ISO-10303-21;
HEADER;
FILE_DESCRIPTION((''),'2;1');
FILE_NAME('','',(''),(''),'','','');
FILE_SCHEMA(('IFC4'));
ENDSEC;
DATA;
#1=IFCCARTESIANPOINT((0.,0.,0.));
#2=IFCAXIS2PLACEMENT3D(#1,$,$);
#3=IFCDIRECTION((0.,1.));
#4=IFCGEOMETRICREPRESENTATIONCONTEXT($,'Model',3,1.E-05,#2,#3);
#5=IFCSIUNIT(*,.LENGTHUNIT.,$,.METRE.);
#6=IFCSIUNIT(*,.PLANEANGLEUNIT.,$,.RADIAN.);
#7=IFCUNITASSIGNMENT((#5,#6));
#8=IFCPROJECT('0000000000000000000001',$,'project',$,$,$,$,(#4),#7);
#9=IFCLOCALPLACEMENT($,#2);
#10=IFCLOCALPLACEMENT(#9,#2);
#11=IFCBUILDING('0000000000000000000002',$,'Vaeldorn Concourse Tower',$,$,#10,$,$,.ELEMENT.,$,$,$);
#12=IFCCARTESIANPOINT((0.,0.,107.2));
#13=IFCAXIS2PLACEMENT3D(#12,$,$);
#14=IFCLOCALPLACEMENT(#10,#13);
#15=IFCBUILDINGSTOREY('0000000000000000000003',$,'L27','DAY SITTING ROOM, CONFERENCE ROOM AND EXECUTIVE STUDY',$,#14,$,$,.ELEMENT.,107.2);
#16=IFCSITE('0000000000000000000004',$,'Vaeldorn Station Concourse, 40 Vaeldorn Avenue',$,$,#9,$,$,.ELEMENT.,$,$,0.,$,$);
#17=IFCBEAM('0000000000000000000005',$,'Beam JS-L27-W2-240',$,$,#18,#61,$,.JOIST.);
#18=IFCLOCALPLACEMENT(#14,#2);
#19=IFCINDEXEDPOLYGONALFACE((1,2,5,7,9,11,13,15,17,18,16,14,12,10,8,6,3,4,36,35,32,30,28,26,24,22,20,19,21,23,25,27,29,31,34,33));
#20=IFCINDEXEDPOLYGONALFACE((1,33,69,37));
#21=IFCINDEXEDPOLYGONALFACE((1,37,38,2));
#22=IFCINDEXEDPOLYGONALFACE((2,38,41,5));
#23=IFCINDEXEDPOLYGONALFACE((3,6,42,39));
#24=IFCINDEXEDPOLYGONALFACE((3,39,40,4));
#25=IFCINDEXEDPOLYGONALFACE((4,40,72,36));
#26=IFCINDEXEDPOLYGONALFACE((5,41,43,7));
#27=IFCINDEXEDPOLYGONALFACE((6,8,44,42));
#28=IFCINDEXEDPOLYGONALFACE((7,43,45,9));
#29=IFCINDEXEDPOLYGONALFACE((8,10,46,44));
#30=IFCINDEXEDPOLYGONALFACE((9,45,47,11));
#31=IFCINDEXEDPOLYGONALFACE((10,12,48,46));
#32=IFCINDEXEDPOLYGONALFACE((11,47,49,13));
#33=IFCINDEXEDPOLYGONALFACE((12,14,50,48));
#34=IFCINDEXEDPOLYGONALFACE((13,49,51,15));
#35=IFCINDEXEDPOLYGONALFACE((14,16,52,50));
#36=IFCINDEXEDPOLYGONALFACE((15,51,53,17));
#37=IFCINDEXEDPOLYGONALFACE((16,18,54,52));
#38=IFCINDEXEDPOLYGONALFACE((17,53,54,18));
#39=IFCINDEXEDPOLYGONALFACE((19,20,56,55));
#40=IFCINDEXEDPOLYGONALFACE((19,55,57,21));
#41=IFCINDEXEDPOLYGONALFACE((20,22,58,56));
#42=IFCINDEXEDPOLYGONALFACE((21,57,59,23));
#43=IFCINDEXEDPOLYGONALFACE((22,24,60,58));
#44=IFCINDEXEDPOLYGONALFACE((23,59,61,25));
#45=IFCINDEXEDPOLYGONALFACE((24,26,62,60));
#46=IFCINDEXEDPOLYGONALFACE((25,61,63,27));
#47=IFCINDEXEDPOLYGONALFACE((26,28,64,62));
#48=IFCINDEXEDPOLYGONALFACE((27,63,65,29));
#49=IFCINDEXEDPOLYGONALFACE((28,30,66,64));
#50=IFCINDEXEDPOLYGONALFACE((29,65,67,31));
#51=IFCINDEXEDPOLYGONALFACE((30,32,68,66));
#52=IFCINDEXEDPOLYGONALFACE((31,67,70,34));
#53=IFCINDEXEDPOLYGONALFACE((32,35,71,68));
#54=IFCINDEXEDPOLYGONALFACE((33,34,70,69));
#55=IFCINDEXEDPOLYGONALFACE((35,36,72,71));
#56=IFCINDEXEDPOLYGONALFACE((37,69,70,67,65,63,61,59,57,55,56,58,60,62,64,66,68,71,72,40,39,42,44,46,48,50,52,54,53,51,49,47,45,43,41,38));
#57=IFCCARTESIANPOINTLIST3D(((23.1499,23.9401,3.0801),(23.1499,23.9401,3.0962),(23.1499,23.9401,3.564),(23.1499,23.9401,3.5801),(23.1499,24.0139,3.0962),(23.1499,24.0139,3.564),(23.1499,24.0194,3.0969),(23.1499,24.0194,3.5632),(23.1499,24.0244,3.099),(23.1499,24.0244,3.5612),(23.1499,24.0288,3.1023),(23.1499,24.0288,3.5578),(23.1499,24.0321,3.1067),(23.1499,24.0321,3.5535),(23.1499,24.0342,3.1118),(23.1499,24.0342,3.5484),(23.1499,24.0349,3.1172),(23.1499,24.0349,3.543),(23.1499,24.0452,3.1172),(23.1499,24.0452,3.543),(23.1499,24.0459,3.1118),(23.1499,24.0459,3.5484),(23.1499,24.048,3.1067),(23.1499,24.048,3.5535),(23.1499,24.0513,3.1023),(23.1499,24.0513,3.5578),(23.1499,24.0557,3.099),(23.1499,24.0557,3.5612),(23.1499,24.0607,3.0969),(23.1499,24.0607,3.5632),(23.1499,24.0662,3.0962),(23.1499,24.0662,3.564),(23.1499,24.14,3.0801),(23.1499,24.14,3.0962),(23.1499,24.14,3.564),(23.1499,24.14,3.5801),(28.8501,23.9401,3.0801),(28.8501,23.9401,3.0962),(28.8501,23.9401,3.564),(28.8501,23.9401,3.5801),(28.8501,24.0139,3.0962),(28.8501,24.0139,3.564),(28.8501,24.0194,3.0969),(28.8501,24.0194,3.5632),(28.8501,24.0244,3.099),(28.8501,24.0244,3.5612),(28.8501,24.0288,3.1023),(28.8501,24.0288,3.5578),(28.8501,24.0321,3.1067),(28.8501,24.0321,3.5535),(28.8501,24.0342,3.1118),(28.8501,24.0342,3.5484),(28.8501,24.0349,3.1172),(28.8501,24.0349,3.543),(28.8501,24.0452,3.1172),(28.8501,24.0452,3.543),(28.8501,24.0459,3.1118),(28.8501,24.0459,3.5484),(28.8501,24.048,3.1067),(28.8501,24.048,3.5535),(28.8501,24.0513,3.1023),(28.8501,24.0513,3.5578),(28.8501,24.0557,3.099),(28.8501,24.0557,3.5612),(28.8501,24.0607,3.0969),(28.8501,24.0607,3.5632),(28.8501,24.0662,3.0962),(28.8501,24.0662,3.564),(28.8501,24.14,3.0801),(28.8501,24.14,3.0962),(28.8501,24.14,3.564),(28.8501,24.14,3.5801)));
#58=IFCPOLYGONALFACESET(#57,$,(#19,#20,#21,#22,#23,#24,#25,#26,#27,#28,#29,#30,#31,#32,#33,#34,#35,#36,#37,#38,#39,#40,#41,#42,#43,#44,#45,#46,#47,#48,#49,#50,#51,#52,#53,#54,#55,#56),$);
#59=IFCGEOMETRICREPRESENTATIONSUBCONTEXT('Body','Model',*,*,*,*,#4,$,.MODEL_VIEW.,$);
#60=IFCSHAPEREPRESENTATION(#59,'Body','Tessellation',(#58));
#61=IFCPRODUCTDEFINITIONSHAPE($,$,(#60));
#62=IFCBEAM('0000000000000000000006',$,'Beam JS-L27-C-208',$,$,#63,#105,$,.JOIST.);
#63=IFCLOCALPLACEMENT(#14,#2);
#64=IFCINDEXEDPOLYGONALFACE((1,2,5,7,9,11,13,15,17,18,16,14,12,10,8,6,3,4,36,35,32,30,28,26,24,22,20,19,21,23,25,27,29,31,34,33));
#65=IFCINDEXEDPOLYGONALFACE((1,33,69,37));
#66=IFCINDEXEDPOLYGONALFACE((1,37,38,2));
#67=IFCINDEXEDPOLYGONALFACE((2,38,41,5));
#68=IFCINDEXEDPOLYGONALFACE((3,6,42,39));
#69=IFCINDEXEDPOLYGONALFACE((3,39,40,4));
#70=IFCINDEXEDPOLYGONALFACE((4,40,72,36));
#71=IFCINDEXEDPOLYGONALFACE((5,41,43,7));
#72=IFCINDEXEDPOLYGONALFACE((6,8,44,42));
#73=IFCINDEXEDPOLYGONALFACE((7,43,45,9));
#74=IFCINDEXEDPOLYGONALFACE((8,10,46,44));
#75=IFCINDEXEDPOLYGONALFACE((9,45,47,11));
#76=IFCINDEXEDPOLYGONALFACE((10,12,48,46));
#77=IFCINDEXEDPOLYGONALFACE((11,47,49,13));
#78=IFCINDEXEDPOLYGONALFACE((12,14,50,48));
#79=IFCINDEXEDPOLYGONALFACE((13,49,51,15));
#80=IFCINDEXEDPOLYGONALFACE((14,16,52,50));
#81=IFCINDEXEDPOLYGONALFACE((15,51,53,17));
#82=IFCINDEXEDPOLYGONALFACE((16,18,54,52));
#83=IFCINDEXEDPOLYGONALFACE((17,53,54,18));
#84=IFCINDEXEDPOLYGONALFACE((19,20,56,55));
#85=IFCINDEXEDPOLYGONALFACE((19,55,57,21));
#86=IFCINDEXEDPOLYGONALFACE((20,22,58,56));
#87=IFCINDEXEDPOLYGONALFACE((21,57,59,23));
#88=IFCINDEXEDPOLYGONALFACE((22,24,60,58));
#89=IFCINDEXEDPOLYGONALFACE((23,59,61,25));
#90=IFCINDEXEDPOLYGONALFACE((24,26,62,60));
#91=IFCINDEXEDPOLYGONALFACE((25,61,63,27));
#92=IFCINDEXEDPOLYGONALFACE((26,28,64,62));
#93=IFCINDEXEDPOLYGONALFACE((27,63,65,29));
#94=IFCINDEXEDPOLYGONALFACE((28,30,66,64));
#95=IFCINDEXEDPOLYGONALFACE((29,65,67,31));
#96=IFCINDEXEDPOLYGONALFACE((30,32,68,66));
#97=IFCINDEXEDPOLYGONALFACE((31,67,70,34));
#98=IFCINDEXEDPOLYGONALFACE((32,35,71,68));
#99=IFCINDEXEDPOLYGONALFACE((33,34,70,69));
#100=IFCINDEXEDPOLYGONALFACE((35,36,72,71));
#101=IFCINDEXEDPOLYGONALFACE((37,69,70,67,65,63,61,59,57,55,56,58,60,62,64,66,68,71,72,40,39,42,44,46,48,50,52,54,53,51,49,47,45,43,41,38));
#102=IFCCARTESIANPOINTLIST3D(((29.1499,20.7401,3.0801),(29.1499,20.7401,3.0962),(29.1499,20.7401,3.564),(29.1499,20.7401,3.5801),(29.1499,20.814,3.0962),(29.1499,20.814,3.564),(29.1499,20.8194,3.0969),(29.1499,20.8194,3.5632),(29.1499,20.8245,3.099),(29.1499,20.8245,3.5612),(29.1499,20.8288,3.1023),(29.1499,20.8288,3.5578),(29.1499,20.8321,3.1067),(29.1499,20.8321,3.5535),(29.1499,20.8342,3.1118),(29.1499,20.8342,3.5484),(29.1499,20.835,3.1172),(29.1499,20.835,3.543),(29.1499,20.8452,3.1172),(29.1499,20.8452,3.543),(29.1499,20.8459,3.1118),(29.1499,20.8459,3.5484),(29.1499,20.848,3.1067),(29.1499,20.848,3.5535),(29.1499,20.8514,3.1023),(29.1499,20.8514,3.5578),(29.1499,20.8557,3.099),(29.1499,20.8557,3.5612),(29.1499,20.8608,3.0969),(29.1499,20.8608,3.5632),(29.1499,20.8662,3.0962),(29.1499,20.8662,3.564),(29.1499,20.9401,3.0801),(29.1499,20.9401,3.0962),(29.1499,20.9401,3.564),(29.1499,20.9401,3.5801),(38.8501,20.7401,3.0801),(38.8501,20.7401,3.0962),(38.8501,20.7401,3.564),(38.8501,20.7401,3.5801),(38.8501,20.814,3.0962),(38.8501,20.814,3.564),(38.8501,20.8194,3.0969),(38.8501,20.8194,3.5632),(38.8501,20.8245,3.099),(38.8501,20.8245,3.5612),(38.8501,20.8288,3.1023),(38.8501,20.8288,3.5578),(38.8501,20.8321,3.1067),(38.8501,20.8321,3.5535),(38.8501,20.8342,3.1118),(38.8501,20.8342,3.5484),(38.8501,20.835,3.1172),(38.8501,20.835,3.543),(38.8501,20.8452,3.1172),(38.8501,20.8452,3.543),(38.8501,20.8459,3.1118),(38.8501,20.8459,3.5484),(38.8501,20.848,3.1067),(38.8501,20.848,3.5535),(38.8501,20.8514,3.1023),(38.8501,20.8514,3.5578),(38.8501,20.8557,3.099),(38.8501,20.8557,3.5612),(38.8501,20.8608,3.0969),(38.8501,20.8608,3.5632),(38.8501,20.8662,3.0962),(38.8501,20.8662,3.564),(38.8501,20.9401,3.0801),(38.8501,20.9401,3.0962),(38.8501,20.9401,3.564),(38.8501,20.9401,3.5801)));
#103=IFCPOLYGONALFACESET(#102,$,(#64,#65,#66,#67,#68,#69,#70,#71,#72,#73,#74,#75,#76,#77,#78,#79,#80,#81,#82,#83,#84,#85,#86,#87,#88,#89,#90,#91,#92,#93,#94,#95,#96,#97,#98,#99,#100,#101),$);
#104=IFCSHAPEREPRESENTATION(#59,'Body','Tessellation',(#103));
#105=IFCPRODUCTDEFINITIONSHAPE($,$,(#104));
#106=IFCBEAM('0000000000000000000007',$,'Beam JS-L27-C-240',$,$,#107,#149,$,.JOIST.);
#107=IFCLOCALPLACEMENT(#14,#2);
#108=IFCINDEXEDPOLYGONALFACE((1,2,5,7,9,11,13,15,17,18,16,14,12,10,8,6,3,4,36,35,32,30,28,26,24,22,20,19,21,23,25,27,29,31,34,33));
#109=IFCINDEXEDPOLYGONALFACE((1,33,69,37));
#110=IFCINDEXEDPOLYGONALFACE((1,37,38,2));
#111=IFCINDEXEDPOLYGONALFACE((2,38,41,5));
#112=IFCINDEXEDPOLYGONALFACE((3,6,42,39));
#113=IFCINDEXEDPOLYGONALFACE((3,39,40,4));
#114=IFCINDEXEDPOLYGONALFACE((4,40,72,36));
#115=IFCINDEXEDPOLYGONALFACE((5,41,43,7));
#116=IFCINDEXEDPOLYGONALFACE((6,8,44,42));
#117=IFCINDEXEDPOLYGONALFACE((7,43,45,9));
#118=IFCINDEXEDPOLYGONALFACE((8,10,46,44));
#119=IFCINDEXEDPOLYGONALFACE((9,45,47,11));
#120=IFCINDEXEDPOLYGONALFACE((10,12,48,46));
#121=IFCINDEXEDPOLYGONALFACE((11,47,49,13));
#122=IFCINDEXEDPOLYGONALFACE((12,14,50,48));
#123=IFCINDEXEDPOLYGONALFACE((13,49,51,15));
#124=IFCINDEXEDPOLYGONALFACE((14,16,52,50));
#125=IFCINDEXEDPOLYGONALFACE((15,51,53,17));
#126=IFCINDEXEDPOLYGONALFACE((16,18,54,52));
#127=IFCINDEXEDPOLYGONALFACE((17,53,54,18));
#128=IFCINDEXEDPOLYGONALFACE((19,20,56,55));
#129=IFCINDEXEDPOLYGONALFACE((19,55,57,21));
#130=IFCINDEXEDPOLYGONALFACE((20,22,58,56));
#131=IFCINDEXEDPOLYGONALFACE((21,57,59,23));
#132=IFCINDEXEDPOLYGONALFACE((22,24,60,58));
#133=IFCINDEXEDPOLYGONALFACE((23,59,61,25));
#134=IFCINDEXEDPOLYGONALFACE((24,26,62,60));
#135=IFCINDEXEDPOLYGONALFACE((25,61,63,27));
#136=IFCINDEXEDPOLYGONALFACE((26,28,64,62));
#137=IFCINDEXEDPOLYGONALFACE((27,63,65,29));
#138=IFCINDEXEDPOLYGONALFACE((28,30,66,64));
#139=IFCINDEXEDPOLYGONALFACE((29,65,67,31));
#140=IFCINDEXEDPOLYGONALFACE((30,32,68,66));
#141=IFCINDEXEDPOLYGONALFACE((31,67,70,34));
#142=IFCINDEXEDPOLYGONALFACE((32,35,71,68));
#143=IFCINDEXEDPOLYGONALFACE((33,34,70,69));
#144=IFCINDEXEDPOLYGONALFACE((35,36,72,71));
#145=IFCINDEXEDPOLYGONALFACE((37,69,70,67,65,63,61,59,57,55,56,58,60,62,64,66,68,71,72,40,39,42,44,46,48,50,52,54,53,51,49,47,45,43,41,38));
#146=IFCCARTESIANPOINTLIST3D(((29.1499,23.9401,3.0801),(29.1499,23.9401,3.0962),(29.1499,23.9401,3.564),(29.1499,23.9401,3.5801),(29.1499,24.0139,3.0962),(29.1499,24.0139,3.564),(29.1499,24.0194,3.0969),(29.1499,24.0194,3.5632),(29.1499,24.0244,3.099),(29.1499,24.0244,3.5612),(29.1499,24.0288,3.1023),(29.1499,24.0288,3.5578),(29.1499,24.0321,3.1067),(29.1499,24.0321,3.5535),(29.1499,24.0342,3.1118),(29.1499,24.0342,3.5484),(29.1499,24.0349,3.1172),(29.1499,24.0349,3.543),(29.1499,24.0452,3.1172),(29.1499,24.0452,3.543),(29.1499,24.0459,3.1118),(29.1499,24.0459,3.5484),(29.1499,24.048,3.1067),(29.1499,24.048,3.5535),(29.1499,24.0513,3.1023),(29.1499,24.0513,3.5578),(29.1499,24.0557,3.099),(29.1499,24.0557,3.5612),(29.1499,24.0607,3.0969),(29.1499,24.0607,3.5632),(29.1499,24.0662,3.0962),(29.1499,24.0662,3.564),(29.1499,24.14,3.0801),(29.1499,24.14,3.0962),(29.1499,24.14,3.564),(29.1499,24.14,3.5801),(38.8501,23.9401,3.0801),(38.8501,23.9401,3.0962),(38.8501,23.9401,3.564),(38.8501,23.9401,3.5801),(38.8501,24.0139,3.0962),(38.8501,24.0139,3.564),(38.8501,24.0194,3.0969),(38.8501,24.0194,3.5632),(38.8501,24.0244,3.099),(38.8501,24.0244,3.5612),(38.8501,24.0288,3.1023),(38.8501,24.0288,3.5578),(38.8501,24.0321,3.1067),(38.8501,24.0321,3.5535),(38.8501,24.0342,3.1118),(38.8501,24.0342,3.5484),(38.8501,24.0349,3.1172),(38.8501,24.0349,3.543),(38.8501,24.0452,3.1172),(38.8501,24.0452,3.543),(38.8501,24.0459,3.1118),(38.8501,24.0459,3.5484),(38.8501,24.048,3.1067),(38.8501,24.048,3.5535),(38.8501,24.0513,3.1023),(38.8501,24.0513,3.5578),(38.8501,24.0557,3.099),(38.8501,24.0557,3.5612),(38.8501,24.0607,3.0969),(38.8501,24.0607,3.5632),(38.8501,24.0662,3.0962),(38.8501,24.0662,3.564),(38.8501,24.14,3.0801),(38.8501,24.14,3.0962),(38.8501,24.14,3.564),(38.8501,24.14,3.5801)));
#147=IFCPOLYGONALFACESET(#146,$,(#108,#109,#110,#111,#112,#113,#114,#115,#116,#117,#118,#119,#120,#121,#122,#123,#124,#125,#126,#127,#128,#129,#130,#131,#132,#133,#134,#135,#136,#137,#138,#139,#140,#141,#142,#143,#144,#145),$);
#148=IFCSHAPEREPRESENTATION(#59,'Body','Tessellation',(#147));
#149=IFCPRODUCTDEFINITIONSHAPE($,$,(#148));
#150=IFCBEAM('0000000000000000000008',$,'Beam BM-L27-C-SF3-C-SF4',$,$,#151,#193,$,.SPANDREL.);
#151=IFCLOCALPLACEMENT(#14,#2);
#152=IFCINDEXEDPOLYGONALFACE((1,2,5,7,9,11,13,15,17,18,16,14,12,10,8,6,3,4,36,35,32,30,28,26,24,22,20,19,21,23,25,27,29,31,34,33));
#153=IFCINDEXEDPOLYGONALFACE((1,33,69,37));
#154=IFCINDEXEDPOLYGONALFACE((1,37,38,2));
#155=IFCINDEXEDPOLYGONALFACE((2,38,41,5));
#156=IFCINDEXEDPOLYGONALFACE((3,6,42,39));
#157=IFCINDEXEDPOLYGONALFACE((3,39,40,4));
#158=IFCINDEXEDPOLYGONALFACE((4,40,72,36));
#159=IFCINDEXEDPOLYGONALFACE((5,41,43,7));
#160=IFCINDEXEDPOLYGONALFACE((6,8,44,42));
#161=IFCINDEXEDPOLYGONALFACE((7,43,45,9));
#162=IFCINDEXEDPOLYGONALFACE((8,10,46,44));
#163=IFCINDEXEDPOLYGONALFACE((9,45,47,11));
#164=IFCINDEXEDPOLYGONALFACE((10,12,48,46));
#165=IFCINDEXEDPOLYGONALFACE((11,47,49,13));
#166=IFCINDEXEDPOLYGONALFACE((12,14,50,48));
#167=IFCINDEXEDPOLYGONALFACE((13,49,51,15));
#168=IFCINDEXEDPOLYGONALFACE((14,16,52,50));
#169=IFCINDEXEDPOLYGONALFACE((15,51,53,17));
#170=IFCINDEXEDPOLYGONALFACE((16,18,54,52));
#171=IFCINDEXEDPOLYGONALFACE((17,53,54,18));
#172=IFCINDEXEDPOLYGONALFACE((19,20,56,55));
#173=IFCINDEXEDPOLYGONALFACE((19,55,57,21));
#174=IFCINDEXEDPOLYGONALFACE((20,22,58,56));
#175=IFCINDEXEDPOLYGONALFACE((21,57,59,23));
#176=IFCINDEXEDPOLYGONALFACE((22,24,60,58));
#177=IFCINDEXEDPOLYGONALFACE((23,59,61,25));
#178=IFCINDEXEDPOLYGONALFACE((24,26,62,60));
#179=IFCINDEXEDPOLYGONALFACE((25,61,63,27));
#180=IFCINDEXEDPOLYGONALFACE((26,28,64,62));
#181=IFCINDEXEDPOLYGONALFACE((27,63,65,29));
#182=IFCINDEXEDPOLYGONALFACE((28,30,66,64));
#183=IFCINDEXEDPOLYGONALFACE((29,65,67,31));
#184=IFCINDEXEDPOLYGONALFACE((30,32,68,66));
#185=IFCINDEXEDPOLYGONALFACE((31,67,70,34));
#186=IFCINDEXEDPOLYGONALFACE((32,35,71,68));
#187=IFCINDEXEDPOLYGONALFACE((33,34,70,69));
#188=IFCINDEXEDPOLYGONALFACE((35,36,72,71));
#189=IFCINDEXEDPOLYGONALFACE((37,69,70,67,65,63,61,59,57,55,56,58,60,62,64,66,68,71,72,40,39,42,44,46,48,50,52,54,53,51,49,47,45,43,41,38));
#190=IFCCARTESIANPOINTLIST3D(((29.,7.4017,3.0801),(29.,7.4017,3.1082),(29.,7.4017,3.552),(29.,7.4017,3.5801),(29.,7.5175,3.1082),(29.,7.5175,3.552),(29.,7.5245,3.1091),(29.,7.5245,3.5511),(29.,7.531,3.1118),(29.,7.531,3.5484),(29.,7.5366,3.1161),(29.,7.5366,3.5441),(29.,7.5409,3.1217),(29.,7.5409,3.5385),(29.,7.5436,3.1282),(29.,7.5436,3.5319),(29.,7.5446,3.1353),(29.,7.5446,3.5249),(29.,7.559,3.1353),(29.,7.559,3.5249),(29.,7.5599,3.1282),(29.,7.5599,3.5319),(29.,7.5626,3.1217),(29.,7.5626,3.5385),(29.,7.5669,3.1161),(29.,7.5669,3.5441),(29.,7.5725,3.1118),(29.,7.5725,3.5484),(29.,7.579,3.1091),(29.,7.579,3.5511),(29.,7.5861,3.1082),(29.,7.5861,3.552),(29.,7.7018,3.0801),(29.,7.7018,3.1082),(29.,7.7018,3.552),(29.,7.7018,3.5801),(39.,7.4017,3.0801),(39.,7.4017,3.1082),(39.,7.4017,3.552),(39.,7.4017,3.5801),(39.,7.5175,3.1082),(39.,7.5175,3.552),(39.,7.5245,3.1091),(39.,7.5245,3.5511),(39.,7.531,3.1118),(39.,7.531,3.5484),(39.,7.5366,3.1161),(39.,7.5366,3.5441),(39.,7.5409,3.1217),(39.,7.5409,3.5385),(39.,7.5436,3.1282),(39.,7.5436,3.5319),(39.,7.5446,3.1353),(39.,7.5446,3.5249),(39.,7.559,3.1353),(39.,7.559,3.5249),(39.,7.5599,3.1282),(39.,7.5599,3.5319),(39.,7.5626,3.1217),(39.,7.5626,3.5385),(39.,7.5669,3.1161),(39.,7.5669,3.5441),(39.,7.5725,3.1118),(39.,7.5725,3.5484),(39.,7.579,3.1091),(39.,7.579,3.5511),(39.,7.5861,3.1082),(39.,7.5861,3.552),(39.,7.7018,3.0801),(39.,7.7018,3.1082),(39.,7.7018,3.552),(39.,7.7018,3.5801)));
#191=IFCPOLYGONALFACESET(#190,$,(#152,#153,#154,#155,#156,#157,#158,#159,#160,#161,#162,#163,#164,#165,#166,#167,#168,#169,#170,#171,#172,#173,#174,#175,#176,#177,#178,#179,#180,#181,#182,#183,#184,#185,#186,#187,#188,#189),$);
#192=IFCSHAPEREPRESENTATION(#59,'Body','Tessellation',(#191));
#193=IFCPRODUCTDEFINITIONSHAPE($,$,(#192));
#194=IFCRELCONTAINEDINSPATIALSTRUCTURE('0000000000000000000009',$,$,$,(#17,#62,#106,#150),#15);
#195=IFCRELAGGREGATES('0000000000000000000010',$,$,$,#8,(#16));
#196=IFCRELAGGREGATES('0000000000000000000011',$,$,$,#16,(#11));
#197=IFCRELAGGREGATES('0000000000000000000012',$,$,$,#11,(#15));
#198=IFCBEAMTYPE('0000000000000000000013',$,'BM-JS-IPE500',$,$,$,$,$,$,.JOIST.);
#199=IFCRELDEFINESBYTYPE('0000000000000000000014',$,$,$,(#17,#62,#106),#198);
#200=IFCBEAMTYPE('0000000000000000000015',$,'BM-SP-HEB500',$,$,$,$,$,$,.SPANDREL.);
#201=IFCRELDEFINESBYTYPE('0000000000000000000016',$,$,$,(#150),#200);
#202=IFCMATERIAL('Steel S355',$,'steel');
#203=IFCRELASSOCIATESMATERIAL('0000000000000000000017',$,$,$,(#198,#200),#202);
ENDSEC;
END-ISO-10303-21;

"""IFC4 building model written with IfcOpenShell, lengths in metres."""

from ifc_helpers import new_model, si_unit, direction, frame, origin, origin_2d, place, context, subcontext, project, spatial, i_section, extrude, source, transform, mapped, material, material_profile, profile_set, type_object, element, save


model = new_model("IFC4")

# Units and contexts
model_context = context("Model", 3, precision=1e-05, world=origin(), true_north=direction((0.0, 1.0)))
body_context = subcontext(model_context, "Body", "Model", "MODEL_VIEW")
ifc_project = project(units=[si_unit("LENGTHUNIT", "METRE"), si_unit("PLANEANGLEUNIT", "RADIAN")], contexts=[model_context])

# Site, building, storey
site_placement = place(None, origin())
site = spatial("IfcSite", under=ifc_project, at=site_placement, Name="Vaeldorn Station Concourse, 40 Vaeldorn Avenue", CompositionType="ELEMENT", RefElevation=0.0)
building_placement = place(site_placement, origin())
building = spatial("IfcBuilding", under=site, at=building_placement, Name="Vaeldorn Concourse Tower", CompositionType="ELEMENT")
storey_placement = place(building_placement, frame((0.0, 0.0, 107.2)))
storey = spatial("IfcBuildingStorey", under=building, at=storey_placement, Name="L27", Description="DAY SITTING ROOM, CONFERENCE ROOM AND EXECUTIVE STUDY", CompositionType="ELEMENT", Elevation=107.2)

# Beams
ifc_material_1 = material(Name="Steel S355", Category="steel")
ifc_material_profile_1 = material_profile(ifc_material_1, i_section(OverallWidth=0.2, OverallDepth=0.5, WebThickness=0.0103, FlangeThickness=0.0161, FilletRadius=0.021, at=origin_2d()), Name="IPE 500")
ifc_profile_set_1 = profile_set([ifc_material_profile_1], Name="Steel S355")
beam_type_1 = type_object("IfcBeamType", Name="BM-JS-IPE500", PredefinedType="JOIST", material=ifc_profile_set_1)
shared_shape_1 = source(origin(), body_context, "Body", "SweptSolid", [
    extrude(i_section(OverallWidth=0.2, OverallDepth=0.5, WebThickness=0.0103, FlangeThickness=0.0161, FilletRadius=0.021, at=origin_2d()), origin(), (0.0, 0.0, 1.0), 5.7002),
])
for number, where, z_axis, x_axis, name in (
    (1, (23.1499, 24.04, 3.3301), (1.0, 0.0, 0.0), (0.0, 1.0, 0.0), "Beam JS-L27-W2-240"),
):
    element("IfcBeam", number, at=place(storey_placement, frame(where, z_axis=z_axis, x_axis=x_axis)), inside=storey, type_object=beam_type_1, Name=name, PredefinedType="JOIST", context=body_context, shape_type="MappedRepresentation", body=[
        mapped(shared_shape_1, transform((0.0, 0.0, 0.0), scale=1.0)),
    ])
shared_shape_2 = source(origin(), body_context, "Body", "SweptSolid", [
    extrude(i_section(OverallWidth=0.2, OverallDepth=0.5, WebThickness=0.0103, FlangeThickness=0.0161, FilletRadius=0.021, at=origin_2d()), origin(), (0.0, 0.0, 1.0), 9.7002),
])
for number, where, z_axis, x_axis, name in (
    (2, (29.1499, 20.8401, 3.3301), (1.0, 0.0, 0.0), (0.0, 1.0, 0.0), "Beam JS-L27-C-208"),
    (3, (29.1499, 24.04, 3.3301), (1.0, 0.0, 0.0), (0.0, 1.0, 0.0), "Beam JS-L27-C-240"),
):
    element("IfcBeam", number, at=place(storey_placement, frame(where, z_axis=z_axis, x_axis=x_axis)), inside=storey, type_object=beam_type_1, Name=name, PredefinedType="JOIST", context=body_context, shape_type="MappedRepresentation", body=[
        mapped(shared_shape_2, transform((0.0, 0.0, 0.0), scale=1.0)),
    ])
ifc_material_profile_2 = material_profile(ifc_material_1, i_section(OverallWidth=0.3, OverallDepth=0.5, WebThickness=0.0144, FlangeThickness=0.0281, FilletRadius=0.0271, at=origin_2d()), Name="HEB 500")
ifc_profile_set_2 = profile_set([ifc_material_profile_2], Name="Steel S355")
beam_type_2 = type_object("IfcBeamType", Name="BM-SP-HEB500", PredefinedType="SPANDREL", material=ifc_profile_set_2)
shared_shape_3 = source(origin(), body_context, "Body", "SweptSolid", [
    extrude(i_section(OverallWidth=0.3, OverallDepth=0.5, WebThickness=0.0144, FlangeThickness=0.0281, FilletRadius=0.0271, at=origin_2d()), origin(), (0.0, 0.0, 1.0), 10.0),
])
beam_1_placement = place(storey_placement, frame((29.0, 7.5518, 3.3301), z_axis=(1.0, 0.0, 0.0), x_axis=(0.0, 1.0, 0.0)))
element("IfcBeam", 4, at=beam_1_placement, inside=storey, type_object=beam_type_2, Name="Beam BM-L27-C-SF3-C-SF4", PredefinedType="SPANDREL", context=body_context, shape_type="MappedRepresentation", body=[
    mapped(shared_shape_3, transform((0.0, 0.0, 0.0), scale=1.0)),
])

save(model, "model.ifc")
